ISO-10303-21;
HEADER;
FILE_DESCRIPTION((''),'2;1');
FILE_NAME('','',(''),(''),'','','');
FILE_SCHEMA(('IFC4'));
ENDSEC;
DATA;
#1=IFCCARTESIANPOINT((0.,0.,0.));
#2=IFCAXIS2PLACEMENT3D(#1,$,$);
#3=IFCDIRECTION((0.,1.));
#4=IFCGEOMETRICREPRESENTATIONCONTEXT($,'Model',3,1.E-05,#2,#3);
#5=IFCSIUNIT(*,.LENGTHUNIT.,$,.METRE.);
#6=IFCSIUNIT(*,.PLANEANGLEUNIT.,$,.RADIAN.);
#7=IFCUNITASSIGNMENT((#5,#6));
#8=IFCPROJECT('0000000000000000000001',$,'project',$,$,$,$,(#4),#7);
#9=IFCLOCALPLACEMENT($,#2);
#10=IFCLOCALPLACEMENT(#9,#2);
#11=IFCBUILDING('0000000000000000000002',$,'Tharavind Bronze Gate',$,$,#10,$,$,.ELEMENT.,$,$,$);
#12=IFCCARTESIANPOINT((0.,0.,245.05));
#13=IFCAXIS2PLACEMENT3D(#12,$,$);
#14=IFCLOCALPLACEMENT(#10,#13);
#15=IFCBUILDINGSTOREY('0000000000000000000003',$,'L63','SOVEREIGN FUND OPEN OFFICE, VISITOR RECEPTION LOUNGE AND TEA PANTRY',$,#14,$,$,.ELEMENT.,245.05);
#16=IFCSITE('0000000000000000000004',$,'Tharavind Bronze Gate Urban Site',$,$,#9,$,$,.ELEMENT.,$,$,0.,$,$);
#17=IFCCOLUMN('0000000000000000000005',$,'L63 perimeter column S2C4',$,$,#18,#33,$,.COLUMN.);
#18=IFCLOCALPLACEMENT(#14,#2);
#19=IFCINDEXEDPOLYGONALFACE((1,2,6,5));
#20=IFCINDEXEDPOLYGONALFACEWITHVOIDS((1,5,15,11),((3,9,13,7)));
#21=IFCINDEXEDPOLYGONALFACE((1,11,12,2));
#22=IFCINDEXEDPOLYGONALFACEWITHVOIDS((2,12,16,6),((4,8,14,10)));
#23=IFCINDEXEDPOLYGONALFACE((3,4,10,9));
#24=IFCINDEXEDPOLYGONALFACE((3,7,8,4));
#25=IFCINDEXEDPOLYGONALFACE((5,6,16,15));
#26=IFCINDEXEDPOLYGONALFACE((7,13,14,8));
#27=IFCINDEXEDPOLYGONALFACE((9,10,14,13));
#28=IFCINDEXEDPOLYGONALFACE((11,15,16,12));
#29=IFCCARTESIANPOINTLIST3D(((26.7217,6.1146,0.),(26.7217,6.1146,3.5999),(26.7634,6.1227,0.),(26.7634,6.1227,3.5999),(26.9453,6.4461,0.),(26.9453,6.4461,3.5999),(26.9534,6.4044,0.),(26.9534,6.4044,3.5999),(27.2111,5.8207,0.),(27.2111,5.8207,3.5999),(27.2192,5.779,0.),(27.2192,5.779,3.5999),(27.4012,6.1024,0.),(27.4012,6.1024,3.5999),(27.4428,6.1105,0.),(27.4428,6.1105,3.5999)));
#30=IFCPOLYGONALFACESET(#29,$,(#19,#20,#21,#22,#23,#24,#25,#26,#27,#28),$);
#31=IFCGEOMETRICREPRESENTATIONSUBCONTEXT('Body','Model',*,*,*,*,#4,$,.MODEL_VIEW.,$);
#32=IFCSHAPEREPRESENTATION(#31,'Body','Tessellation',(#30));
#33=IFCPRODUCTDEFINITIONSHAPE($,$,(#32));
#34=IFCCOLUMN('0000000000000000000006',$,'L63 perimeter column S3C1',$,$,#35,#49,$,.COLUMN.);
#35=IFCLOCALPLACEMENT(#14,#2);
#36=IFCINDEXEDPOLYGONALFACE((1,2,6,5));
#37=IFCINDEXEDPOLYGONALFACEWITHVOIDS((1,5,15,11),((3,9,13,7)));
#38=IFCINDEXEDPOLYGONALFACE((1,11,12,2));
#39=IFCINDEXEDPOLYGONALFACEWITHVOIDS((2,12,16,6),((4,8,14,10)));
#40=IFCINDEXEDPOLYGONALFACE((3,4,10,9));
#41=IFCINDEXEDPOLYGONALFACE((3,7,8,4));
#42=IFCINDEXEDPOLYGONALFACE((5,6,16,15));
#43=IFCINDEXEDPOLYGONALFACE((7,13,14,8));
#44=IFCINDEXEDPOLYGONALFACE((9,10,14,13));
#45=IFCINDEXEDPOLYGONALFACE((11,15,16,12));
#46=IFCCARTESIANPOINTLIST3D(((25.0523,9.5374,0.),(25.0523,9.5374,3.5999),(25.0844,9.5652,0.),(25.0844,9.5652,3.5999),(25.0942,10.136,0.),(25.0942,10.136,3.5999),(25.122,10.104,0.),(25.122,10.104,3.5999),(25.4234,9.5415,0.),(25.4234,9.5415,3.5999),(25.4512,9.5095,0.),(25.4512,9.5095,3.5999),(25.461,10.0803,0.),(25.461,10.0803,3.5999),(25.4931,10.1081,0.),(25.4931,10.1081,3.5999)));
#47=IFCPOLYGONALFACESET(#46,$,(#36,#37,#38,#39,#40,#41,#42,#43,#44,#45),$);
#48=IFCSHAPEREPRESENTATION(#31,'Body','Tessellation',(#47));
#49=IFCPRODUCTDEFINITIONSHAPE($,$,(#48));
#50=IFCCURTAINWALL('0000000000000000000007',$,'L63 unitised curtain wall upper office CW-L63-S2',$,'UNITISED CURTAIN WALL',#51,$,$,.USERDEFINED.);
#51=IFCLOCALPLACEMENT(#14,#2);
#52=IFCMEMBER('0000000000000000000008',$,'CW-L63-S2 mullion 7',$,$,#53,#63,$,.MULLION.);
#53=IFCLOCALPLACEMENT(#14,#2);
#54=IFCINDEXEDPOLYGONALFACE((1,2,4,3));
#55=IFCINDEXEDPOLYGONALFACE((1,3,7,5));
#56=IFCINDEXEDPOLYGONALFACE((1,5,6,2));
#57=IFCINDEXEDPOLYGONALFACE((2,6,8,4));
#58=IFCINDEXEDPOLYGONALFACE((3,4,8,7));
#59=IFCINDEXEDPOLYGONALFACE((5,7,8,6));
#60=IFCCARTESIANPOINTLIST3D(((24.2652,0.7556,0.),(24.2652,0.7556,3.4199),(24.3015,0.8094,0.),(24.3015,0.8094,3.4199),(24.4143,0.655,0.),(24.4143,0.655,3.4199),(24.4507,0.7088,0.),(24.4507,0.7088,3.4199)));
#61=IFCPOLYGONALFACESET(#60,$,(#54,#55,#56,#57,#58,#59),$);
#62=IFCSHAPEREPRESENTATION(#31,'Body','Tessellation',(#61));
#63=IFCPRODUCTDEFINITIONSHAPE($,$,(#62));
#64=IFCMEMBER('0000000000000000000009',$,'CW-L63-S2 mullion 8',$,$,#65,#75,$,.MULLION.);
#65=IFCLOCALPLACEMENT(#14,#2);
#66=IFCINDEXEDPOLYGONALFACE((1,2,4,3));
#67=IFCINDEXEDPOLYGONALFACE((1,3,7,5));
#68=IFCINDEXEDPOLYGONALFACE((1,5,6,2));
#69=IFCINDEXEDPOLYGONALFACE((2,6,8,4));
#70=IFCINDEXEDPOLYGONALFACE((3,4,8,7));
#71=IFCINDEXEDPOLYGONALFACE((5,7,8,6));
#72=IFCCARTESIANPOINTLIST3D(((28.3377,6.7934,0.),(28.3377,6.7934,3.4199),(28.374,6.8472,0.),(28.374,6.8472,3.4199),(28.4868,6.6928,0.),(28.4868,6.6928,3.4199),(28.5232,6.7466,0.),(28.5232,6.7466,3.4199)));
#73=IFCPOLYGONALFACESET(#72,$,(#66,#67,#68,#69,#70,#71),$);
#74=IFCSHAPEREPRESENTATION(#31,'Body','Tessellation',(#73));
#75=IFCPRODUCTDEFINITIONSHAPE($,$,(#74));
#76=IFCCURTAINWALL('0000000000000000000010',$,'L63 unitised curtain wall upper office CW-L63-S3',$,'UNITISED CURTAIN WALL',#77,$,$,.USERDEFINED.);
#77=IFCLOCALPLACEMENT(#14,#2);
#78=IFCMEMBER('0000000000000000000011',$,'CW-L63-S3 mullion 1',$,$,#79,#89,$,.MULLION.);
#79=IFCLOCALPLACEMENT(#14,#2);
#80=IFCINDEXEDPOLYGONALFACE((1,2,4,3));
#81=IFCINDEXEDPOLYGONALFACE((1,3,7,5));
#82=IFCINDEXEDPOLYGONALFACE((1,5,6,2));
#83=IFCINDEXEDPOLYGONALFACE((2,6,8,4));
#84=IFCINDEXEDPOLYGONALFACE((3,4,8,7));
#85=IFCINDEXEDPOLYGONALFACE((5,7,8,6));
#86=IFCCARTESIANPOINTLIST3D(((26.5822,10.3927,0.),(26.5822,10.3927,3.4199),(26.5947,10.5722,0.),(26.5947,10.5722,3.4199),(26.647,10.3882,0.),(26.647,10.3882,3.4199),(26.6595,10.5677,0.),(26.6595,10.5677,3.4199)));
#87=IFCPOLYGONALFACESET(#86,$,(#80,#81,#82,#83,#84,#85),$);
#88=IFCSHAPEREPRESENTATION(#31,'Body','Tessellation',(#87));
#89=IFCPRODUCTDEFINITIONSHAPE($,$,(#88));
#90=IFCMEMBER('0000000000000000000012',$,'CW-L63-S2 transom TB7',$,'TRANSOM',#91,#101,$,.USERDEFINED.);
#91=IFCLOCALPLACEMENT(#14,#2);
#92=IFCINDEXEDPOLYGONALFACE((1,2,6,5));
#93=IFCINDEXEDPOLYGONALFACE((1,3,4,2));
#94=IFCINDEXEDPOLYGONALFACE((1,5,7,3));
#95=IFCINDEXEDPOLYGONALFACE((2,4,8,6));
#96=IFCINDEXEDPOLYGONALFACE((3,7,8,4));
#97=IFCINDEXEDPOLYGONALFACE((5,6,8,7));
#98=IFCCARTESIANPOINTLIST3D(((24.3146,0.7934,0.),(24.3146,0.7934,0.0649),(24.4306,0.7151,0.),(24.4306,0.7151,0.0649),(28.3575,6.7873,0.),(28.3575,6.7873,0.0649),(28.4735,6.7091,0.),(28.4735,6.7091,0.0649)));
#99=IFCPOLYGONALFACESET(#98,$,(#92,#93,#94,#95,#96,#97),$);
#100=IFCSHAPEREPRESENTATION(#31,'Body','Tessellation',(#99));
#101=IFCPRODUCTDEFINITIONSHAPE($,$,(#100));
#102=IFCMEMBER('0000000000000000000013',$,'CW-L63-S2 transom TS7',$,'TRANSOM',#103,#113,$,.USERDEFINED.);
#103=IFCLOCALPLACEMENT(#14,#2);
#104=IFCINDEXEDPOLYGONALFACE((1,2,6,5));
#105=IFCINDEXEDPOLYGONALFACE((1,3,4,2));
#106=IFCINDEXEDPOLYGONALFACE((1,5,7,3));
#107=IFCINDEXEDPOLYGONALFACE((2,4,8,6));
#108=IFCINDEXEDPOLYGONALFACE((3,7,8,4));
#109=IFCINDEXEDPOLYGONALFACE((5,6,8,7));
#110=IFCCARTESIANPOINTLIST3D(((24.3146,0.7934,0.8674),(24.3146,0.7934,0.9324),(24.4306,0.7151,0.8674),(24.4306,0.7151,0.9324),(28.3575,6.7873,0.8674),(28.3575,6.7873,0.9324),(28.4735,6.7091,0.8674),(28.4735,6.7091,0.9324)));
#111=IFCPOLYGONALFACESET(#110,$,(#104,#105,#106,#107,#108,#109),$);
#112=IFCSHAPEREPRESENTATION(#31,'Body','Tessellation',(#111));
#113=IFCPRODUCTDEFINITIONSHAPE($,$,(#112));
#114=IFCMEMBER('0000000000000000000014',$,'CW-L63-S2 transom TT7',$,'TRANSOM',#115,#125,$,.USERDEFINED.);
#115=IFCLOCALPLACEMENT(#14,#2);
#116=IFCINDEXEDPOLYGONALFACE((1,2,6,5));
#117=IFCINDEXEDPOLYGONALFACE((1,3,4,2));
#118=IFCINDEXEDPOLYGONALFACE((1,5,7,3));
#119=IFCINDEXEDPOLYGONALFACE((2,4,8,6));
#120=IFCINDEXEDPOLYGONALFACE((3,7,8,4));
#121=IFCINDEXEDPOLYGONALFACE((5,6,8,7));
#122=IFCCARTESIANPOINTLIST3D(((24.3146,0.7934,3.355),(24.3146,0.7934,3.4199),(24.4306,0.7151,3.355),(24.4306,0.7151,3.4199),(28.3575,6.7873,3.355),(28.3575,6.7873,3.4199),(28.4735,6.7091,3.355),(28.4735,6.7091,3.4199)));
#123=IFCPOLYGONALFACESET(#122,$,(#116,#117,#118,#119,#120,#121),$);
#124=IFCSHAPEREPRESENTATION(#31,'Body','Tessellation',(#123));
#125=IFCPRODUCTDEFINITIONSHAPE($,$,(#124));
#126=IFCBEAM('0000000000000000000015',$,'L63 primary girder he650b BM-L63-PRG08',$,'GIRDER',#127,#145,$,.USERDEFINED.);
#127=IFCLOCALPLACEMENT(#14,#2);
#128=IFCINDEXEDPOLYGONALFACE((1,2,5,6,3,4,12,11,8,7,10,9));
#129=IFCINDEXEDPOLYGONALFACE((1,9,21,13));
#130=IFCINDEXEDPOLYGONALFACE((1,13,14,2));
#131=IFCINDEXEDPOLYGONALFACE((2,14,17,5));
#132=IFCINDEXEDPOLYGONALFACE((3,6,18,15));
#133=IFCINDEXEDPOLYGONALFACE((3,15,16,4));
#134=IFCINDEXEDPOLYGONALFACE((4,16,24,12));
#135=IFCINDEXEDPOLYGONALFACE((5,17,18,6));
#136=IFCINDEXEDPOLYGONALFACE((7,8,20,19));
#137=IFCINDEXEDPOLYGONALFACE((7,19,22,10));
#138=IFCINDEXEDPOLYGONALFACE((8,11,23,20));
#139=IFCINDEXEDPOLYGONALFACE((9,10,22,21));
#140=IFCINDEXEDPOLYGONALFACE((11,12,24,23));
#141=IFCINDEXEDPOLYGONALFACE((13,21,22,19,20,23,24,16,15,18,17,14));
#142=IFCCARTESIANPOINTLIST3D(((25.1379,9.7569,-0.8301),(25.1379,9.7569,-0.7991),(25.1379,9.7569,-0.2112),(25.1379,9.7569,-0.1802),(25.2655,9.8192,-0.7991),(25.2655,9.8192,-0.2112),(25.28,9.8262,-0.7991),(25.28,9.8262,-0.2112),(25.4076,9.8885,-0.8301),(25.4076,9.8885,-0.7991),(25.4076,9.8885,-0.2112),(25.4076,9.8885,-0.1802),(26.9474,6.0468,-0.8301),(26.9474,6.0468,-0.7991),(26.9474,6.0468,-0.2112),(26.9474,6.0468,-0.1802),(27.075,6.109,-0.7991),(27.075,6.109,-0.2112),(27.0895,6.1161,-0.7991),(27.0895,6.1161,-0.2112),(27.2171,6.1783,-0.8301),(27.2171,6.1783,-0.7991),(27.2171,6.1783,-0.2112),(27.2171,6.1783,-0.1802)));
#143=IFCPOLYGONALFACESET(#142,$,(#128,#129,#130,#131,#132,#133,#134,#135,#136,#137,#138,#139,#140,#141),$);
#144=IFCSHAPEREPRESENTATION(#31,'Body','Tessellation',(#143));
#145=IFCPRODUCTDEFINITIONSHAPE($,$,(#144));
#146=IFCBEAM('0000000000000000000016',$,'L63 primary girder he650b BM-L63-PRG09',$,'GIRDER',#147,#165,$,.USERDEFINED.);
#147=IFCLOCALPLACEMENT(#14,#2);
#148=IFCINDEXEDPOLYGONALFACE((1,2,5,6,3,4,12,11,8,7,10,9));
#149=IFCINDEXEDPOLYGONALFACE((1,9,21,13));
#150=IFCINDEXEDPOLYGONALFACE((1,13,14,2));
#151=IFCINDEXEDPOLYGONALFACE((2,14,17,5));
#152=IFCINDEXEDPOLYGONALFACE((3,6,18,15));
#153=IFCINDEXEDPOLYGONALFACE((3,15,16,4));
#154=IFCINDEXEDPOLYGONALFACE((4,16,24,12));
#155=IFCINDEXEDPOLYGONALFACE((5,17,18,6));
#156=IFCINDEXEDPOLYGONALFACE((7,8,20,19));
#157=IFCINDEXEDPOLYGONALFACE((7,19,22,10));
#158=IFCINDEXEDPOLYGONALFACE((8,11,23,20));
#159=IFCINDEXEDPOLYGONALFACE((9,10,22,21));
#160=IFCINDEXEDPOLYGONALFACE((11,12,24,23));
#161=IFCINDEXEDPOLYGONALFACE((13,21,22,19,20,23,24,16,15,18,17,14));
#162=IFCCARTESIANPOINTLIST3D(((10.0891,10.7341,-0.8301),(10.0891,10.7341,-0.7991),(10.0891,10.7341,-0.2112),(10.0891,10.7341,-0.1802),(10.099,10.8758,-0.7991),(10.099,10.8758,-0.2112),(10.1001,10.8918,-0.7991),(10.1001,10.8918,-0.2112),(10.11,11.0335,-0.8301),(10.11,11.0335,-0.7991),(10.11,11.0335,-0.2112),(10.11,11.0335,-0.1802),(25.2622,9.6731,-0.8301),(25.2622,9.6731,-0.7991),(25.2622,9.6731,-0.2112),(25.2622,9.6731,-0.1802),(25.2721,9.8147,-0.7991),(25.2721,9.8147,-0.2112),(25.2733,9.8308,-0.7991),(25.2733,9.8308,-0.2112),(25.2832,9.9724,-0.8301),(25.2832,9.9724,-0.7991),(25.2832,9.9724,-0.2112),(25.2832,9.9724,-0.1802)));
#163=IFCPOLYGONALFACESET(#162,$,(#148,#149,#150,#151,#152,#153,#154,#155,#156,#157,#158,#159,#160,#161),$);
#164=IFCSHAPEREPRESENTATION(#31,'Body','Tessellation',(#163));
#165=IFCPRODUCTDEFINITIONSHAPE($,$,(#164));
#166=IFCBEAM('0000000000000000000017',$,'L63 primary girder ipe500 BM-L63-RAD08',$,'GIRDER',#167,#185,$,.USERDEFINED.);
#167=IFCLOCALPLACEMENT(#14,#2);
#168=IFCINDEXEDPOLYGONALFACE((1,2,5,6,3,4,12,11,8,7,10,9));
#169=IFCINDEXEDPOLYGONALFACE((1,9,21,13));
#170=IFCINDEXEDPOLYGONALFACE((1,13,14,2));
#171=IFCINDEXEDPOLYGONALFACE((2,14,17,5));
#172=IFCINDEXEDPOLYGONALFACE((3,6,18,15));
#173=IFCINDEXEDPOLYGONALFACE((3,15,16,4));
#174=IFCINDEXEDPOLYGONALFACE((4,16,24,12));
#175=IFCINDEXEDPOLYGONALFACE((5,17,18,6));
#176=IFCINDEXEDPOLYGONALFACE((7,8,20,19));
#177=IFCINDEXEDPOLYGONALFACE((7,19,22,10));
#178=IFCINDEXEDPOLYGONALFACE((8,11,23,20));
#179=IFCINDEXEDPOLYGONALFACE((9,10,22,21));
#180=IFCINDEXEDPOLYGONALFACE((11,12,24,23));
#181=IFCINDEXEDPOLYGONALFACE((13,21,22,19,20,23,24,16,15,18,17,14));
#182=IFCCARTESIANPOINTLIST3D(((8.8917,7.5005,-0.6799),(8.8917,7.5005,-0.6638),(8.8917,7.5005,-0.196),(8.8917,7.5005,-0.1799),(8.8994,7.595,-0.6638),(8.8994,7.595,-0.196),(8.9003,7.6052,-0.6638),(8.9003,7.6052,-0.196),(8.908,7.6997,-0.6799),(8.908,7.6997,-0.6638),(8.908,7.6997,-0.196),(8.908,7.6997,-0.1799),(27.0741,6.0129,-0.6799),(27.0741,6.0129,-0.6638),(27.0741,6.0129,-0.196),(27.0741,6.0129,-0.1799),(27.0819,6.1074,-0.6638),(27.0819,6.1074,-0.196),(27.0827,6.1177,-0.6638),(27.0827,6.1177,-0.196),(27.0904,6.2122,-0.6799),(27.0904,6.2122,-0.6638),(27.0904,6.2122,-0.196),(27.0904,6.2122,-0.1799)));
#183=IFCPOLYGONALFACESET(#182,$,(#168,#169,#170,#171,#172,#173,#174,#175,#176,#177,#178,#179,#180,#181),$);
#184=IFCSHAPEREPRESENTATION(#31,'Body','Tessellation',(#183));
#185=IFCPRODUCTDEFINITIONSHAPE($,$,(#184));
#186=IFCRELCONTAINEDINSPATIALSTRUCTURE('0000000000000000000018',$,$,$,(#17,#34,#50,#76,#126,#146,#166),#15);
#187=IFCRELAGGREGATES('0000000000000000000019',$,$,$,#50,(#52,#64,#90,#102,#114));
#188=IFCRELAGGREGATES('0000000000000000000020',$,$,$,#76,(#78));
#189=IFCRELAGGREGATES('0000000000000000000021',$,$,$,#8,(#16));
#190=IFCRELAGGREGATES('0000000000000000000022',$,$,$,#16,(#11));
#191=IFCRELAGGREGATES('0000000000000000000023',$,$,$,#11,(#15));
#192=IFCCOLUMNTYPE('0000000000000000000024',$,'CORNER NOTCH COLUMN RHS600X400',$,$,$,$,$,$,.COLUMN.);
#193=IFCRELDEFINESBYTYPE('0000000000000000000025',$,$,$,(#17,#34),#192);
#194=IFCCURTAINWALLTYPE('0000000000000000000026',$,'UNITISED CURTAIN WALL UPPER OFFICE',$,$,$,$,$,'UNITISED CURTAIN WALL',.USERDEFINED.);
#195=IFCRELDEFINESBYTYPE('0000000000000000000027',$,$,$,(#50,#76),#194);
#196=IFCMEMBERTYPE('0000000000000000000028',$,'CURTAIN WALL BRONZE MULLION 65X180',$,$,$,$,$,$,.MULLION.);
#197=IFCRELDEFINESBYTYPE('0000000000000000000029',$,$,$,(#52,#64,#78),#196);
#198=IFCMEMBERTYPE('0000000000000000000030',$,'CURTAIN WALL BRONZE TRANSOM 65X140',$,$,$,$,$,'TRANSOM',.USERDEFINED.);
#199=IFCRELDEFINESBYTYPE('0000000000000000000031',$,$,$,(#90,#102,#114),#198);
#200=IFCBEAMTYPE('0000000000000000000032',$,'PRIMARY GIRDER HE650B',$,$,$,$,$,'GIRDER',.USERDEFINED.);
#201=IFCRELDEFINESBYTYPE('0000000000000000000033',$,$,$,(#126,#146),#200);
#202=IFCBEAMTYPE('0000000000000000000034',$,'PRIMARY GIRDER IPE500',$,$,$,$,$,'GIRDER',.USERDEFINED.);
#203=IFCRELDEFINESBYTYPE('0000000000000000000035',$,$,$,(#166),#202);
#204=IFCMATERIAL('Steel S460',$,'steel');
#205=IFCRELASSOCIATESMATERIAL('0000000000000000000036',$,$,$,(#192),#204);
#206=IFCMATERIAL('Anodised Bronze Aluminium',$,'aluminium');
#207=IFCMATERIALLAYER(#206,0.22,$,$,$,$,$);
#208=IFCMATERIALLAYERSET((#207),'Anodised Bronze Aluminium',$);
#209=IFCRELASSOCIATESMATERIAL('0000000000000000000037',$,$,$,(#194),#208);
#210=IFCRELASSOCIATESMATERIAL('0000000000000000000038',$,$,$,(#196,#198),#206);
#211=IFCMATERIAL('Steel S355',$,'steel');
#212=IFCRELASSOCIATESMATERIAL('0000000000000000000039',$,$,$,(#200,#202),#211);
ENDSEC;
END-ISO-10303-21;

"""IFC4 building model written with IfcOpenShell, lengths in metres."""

from ifc_helpers import new_model, si_unit, direction, frame, origin, origin_2d, place, context, subcontext, project, spatial, rectangle, hollow_rectangle, i_section, extrude, material, layer, layer_set, material_profile, profile_set, type_object, element, aggregate, save


model = new_model("IFC4")

# Units and contexts
model_context = context("Model", 3, precision=1e-05, world=origin(), true_north=direction((0.0, 1.0)))
body_context = subcontext(model_context, "Body", "Model", "MODEL_VIEW")
ifc_project = project(units=[si_unit("LENGTHUNIT", "METRE"), si_unit("PLANEANGLEUNIT", "RADIAN")], contexts=[model_context])

# Site, building, storey
site_placement = place(None, origin())
site = spatial("IfcSite", under=ifc_project, at=site_placement, Name="Tharavind Bronze Gate Urban Site", CompositionType="ELEMENT", RefElevation=0.0)
building_placement = place(site_placement, origin())
building = spatial("IfcBuilding", under=site, at=building_placement, Name="Tharavind Bronze Gate", CompositionType="ELEMENT")
storey_placement = place(building_placement, frame((0.0, 0.0, 245.05)))
storey = spatial("IfcBuildingStorey", under=building, at=storey_placement, Name="L63", Description="SOVEREIGN FUND OPEN OFFICE, VISITOR RECEPTION LOUNGE AND TEA PANTRY", CompositionType="ELEMENT", Elevation=245.05)

# Columns
ifc_material_1 = material(Name="Steel S460", Category="steel")
ifc_material_profile_1 = material_profile(ifc_material_1, hollow_rectangle(XDim=0.3999, YDim=0.6001, WallThickness=0.03, at=origin_2d()), Name="RHS600X400X30")
ifc_profile_set_1 = profile_set([ifc_material_profile_1], Name="Steel S460")
column_type = type_object("IfcColumnType", Name="CORNER NOTCH COLUMN RHS600X400", PredefinedType="COLUMN", material=ifc_profile_set_1)
for number, where, z_axis, x_axis, name in (
    (1, (27.0823, 6.1125, 0.0), (0.0, 0.0, 1.0), (0.559194, 0.829037, 0.0), "L63 perimeter column S2C4"),
    (2, (25.2727, 9.8228, 0.0), (0.0, 0.0, 1.0), (-0.997564, 0.069756, 0.0), "L63 perimeter column S3C1"),
):
    element("IfcColumn", number, at=place(storey_placement, frame(where, z_axis=z_axis, x_axis=x_axis)), inside=storey, type_object=column_type, Name=name, PredefinedType="COLUMN", context=body_context, shape_type="SweptSolid", body=[
        extrude(hollow_rectangle(XDim=0.3999, YDim=0.6001, WallThickness=0.03, at=origin_2d()), origin(), (0.0, 0.0, 1.0), 3.5999),
    ])

# Curtain wall, members
ifc_material_2 = material(Name="Anodised Bronze Aluminium", Category="aluminium")
ifc_layer_1 = layer(ifc_material_2, 0.22)
ifc_layer_set_1 = layer_set([ifc_layer_1], Name="Anodised Bronze Aluminium")
curtain_wall_type = type_object("IfcCurtainWallType", Name="UNITISED CURTAIN WALL UPPER OFFICE", ElementType="UNITISED CURTAIN WALL", PredefinedType="USERDEFINED", material=ifc_layer_set_1)
curtain_wall_1_placement = place(storey_placement, origin())
curtain_wall_1 = element("IfcCurtainWall", 3, at=curtain_wall_1_placement, inside=storey, type_object=curtain_wall_type, Name="L63 unitised curtain wall upper office CW-L63-S2", ObjectType="UNITISED CURTAIN WALL", PredefinedType="USERDEFINED")
member_type_1 = type_object("IfcMemberType", Name="CURTAIN WALL BRONZE MULLION 65X180", PredefinedType="MULLION", material=ifc_material_2)
member_1_placement = place(storey_placement, frame((24.3579, 0.7322, 0.0), z_axis=(0.0, 0.0, 1.0), x_axis=(0.559193, 0.829038, 0.0)))
member_1 = element("IfcMember", 4, at=member_1_placement, type_object=member_type_1, Name="CW-L63-S2 mullion 7", PredefinedType="MULLION", context=body_context, shape_type="SweptSolid", body=[
    extrude(rectangle(XDim=0.0649, YDim=0.1799, at=origin_2d()), origin(), (0.0, 0.0, 1.0), 3.4199),
])
member_2_placement = place(storey_placement, frame((28.4304, 6.77, 0.0), z_axis=(0.0, 0.0, 1.0), x_axis=(0.559193, 0.829038, 0.0)))
member_2 = element("IfcMember", 5, at=member_2_placement, type_object=member_type_1, Name="CW-L63-S2 mullion 8", PredefinedType="MULLION", context=body_context, shape_type="SweptSolid", body=[
    extrude(rectangle(XDim=0.0649, YDim=0.1799, at=origin_2d()), origin(), (0.0, 0.0, 1.0), 3.4199),
])

# Curtain wall, member
curtain_wall_2_placement = place(storey_placement, origin())
curtain_wall_2 = element("IfcCurtainWall", 6, at=curtain_wall_2_placement, inside=storey, type_object=curtain_wall_type, Name="L63 unitised curtain wall upper office CW-L63-S3", ObjectType="UNITISED CURTAIN WALL", PredefinedType="USERDEFINED")
member_3_placement = place(storey_placement, frame((26.6208, 10.4802, 0.0), z_axis=(0.0, 0.0, 1.0), x_axis=(-0.997564, 0.069758, 0.0)))
member_3 = element("IfcMember", 7, at=member_3_placement, type_object=member_type_1, Name="CW-L63-S3 mullion 1", PredefinedType="MULLION", context=body_context, shape_type="SweptSolid", body=[
    extrude(rectangle(XDim=0.0649, YDim=0.1799, at=origin_2d()), origin(), (0.0, 0.0, 1.0), 3.4199),
])

# Members
member_type_2 = type_object("IfcMemberType", Name="CURTAIN WALL BRONZE TRANSOM 65X140", ElementType="TRANSOM", PredefinedType="USERDEFINED", material=ifc_material_2)
member_4_placement = place(storey_placement, frame((26.394, 3.7512, 0.0), z_axis=(0.0, 0.0, 1.0), x_axis=(0.559193, 0.829038, 0.0)))
member_4 = element("IfcMember", 8, at=member_4_placement, type_object=member_type_2, Name="CW-L63-S2 transom TB7", ObjectType="TRANSOM", PredefinedType="USERDEFINED", context=body_context, shape_type="SweptSolid", body=[
    extrude(rectangle(XDim=7.23, YDim=0.1399, at=origin_2d()), origin(), (0.0, 0.0, 1.0), 0.0649),
])
member_5_placement = place(storey_placement, frame((26.394, 3.7512, 0.8674), z_axis=(0.0, 0.0, 1.0), x_axis=(0.559193, 0.829038, 0.0)))
member_5 = element("IfcMember", 9, at=member_5_placement, type_object=member_type_2, Name="CW-L63-S2 transom TS7", ObjectType="TRANSOM", PredefinedType="USERDEFINED", context=body_context, shape_type="SweptSolid", body=[
    extrude(rectangle(XDim=7.23, YDim=0.1399, at=origin_2d()), origin(), (0.0, 0.0, 1.0), 0.0649),
])
member_6_placement = place(storey_placement, frame((26.394, 3.7512, 3.355), z_axis=(0.0, 0.0, 1.0), x_axis=(0.559193, 0.829038, 0.0)))
member_6 = element("IfcMember", 10, at=member_6_placement, type_object=member_type_2, Name="CW-L63-S2 transom TT7", ObjectType="TRANSOM", PredefinedType="USERDEFINED", context=body_context, shape_type="SweptSolid", body=[
    extrude(rectangle(XDim=7.23, YDim=0.1399, at=origin_2d()), origin(), (0.0, 0.0, 1.0), 0.0649),
])

# Beams
ifc_material_3 = material(Name="Steel S355", Category="steel")
ifc_material_profile_2 = material_profile(ifc_material_3, i_section(OverallWidth=0.3, OverallDepth=0.6499, WebThickness=0.0161, FlangeThickness=0.031, at=origin_2d()), Name="HE650B")
ifc_profile_set_2 = profile_set([ifc_material_profile_2], Name="Steel S355")
beam_type_1 = type_object("IfcBeamType", Name="PRIMARY GIRDER HE650B", ElementType="GIRDER", PredefinedType="USERDEFINED", material=ifc_profile_set_2)
beam_1_placement = place(storey_placement, frame((27.0823, 6.1125, -0.5051), z_axis=(-0.438368, 0.898796, 0.0), x_axis=(-0.898796, -0.438368, 0.0)))
element("IfcBeam", 11, at=beam_1_placement, inside=storey, type_object=beam_type_1, Name="L63 primary girder he650b BM-L63-PRG08", ObjectType="GIRDER", PredefinedType="USERDEFINED", context=body_context, shape_type="SweptSolid", body=[
    extrude(i_section(OverallWidth=0.3, OverallDepth=0.6499, WebThickness=0.0161, FlangeThickness=0.031, at=origin_2d()), origin(), (0.0, 0.0, 1.0), 4.1279),
])
beam_2_placement = place(storey_placement, frame((25.2727, 9.8228, -0.5051), z_axis=(-0.997564, 0.069758, 0.0), x_axis=(-0.069758, -0.997564, 0.0)))
element("IfcBeam", 12, at=beam_2_placement, inside=storey, type_object=beam_type_1, Name="L63 primary girder he650b BM-L63-PRG09", ObjectType="GIRDER", PredefinedType="USERDEFINED", context=body_context, shape_type="SweptSolid", body=[
    extrude(i_section(OverallWidth=0.3, OverallDepth=0.6499, WebThickness=0.0161, FlangeThickness=0.031, at=origin_2d()), origin(), (0.0, 0.0, 1.0), 15.2102),
])
ifc_material_profile_3 = material_profile(ifc_material_3, i_section(OverallWidth=0.2, OverallDepth=0.5, WebThickness=0.0103, FlangeThickness=0.0161, at=origin_2d()), Name="IPE500")
ifc_profile_set_3 = profile_set([ifc_material_profile_3], Name="Steel S355")
beam_type_2 = type_object("IfcBeamType", Name="PRIMARY GIRDER IPE500", ElementType="GIRDER", PredefinedType="USERDEFINED", material=ifc_profile_set_3)
beam_3_placement = place(storey_placement, frame((27.0823, 6.1125, -0.4299), z_axis=(-0.99667, 0.08154, 0.0), x_axis=(-0.08154, -0.99667, 0.0)))
element("IfcBeam", 13, at=beam_3_placement, inside=storey, type_object=beam_type_2, Name="L63 primary girder ipe500 BM-L63-RAD08", ObjectType="GIRDER", PredefinedType="USERDEFINED", context=body_context, shape_type="SweptSolid", body=[
    extrude(i_section(OverallWidth=0.2, OverallDepth=0.5, WebThickness=0.0103, FlangeThickness=0.0161, at=origin_2d()), origin(), (0.0, 0.0, 1.0), 18.2432),
])

aggregate(curtain_wall_1, [member_1, member_2, member_4, member_5, member_6])
aggregate(curtain_wall_2, [member_3])

save(model, "model.ifc")
